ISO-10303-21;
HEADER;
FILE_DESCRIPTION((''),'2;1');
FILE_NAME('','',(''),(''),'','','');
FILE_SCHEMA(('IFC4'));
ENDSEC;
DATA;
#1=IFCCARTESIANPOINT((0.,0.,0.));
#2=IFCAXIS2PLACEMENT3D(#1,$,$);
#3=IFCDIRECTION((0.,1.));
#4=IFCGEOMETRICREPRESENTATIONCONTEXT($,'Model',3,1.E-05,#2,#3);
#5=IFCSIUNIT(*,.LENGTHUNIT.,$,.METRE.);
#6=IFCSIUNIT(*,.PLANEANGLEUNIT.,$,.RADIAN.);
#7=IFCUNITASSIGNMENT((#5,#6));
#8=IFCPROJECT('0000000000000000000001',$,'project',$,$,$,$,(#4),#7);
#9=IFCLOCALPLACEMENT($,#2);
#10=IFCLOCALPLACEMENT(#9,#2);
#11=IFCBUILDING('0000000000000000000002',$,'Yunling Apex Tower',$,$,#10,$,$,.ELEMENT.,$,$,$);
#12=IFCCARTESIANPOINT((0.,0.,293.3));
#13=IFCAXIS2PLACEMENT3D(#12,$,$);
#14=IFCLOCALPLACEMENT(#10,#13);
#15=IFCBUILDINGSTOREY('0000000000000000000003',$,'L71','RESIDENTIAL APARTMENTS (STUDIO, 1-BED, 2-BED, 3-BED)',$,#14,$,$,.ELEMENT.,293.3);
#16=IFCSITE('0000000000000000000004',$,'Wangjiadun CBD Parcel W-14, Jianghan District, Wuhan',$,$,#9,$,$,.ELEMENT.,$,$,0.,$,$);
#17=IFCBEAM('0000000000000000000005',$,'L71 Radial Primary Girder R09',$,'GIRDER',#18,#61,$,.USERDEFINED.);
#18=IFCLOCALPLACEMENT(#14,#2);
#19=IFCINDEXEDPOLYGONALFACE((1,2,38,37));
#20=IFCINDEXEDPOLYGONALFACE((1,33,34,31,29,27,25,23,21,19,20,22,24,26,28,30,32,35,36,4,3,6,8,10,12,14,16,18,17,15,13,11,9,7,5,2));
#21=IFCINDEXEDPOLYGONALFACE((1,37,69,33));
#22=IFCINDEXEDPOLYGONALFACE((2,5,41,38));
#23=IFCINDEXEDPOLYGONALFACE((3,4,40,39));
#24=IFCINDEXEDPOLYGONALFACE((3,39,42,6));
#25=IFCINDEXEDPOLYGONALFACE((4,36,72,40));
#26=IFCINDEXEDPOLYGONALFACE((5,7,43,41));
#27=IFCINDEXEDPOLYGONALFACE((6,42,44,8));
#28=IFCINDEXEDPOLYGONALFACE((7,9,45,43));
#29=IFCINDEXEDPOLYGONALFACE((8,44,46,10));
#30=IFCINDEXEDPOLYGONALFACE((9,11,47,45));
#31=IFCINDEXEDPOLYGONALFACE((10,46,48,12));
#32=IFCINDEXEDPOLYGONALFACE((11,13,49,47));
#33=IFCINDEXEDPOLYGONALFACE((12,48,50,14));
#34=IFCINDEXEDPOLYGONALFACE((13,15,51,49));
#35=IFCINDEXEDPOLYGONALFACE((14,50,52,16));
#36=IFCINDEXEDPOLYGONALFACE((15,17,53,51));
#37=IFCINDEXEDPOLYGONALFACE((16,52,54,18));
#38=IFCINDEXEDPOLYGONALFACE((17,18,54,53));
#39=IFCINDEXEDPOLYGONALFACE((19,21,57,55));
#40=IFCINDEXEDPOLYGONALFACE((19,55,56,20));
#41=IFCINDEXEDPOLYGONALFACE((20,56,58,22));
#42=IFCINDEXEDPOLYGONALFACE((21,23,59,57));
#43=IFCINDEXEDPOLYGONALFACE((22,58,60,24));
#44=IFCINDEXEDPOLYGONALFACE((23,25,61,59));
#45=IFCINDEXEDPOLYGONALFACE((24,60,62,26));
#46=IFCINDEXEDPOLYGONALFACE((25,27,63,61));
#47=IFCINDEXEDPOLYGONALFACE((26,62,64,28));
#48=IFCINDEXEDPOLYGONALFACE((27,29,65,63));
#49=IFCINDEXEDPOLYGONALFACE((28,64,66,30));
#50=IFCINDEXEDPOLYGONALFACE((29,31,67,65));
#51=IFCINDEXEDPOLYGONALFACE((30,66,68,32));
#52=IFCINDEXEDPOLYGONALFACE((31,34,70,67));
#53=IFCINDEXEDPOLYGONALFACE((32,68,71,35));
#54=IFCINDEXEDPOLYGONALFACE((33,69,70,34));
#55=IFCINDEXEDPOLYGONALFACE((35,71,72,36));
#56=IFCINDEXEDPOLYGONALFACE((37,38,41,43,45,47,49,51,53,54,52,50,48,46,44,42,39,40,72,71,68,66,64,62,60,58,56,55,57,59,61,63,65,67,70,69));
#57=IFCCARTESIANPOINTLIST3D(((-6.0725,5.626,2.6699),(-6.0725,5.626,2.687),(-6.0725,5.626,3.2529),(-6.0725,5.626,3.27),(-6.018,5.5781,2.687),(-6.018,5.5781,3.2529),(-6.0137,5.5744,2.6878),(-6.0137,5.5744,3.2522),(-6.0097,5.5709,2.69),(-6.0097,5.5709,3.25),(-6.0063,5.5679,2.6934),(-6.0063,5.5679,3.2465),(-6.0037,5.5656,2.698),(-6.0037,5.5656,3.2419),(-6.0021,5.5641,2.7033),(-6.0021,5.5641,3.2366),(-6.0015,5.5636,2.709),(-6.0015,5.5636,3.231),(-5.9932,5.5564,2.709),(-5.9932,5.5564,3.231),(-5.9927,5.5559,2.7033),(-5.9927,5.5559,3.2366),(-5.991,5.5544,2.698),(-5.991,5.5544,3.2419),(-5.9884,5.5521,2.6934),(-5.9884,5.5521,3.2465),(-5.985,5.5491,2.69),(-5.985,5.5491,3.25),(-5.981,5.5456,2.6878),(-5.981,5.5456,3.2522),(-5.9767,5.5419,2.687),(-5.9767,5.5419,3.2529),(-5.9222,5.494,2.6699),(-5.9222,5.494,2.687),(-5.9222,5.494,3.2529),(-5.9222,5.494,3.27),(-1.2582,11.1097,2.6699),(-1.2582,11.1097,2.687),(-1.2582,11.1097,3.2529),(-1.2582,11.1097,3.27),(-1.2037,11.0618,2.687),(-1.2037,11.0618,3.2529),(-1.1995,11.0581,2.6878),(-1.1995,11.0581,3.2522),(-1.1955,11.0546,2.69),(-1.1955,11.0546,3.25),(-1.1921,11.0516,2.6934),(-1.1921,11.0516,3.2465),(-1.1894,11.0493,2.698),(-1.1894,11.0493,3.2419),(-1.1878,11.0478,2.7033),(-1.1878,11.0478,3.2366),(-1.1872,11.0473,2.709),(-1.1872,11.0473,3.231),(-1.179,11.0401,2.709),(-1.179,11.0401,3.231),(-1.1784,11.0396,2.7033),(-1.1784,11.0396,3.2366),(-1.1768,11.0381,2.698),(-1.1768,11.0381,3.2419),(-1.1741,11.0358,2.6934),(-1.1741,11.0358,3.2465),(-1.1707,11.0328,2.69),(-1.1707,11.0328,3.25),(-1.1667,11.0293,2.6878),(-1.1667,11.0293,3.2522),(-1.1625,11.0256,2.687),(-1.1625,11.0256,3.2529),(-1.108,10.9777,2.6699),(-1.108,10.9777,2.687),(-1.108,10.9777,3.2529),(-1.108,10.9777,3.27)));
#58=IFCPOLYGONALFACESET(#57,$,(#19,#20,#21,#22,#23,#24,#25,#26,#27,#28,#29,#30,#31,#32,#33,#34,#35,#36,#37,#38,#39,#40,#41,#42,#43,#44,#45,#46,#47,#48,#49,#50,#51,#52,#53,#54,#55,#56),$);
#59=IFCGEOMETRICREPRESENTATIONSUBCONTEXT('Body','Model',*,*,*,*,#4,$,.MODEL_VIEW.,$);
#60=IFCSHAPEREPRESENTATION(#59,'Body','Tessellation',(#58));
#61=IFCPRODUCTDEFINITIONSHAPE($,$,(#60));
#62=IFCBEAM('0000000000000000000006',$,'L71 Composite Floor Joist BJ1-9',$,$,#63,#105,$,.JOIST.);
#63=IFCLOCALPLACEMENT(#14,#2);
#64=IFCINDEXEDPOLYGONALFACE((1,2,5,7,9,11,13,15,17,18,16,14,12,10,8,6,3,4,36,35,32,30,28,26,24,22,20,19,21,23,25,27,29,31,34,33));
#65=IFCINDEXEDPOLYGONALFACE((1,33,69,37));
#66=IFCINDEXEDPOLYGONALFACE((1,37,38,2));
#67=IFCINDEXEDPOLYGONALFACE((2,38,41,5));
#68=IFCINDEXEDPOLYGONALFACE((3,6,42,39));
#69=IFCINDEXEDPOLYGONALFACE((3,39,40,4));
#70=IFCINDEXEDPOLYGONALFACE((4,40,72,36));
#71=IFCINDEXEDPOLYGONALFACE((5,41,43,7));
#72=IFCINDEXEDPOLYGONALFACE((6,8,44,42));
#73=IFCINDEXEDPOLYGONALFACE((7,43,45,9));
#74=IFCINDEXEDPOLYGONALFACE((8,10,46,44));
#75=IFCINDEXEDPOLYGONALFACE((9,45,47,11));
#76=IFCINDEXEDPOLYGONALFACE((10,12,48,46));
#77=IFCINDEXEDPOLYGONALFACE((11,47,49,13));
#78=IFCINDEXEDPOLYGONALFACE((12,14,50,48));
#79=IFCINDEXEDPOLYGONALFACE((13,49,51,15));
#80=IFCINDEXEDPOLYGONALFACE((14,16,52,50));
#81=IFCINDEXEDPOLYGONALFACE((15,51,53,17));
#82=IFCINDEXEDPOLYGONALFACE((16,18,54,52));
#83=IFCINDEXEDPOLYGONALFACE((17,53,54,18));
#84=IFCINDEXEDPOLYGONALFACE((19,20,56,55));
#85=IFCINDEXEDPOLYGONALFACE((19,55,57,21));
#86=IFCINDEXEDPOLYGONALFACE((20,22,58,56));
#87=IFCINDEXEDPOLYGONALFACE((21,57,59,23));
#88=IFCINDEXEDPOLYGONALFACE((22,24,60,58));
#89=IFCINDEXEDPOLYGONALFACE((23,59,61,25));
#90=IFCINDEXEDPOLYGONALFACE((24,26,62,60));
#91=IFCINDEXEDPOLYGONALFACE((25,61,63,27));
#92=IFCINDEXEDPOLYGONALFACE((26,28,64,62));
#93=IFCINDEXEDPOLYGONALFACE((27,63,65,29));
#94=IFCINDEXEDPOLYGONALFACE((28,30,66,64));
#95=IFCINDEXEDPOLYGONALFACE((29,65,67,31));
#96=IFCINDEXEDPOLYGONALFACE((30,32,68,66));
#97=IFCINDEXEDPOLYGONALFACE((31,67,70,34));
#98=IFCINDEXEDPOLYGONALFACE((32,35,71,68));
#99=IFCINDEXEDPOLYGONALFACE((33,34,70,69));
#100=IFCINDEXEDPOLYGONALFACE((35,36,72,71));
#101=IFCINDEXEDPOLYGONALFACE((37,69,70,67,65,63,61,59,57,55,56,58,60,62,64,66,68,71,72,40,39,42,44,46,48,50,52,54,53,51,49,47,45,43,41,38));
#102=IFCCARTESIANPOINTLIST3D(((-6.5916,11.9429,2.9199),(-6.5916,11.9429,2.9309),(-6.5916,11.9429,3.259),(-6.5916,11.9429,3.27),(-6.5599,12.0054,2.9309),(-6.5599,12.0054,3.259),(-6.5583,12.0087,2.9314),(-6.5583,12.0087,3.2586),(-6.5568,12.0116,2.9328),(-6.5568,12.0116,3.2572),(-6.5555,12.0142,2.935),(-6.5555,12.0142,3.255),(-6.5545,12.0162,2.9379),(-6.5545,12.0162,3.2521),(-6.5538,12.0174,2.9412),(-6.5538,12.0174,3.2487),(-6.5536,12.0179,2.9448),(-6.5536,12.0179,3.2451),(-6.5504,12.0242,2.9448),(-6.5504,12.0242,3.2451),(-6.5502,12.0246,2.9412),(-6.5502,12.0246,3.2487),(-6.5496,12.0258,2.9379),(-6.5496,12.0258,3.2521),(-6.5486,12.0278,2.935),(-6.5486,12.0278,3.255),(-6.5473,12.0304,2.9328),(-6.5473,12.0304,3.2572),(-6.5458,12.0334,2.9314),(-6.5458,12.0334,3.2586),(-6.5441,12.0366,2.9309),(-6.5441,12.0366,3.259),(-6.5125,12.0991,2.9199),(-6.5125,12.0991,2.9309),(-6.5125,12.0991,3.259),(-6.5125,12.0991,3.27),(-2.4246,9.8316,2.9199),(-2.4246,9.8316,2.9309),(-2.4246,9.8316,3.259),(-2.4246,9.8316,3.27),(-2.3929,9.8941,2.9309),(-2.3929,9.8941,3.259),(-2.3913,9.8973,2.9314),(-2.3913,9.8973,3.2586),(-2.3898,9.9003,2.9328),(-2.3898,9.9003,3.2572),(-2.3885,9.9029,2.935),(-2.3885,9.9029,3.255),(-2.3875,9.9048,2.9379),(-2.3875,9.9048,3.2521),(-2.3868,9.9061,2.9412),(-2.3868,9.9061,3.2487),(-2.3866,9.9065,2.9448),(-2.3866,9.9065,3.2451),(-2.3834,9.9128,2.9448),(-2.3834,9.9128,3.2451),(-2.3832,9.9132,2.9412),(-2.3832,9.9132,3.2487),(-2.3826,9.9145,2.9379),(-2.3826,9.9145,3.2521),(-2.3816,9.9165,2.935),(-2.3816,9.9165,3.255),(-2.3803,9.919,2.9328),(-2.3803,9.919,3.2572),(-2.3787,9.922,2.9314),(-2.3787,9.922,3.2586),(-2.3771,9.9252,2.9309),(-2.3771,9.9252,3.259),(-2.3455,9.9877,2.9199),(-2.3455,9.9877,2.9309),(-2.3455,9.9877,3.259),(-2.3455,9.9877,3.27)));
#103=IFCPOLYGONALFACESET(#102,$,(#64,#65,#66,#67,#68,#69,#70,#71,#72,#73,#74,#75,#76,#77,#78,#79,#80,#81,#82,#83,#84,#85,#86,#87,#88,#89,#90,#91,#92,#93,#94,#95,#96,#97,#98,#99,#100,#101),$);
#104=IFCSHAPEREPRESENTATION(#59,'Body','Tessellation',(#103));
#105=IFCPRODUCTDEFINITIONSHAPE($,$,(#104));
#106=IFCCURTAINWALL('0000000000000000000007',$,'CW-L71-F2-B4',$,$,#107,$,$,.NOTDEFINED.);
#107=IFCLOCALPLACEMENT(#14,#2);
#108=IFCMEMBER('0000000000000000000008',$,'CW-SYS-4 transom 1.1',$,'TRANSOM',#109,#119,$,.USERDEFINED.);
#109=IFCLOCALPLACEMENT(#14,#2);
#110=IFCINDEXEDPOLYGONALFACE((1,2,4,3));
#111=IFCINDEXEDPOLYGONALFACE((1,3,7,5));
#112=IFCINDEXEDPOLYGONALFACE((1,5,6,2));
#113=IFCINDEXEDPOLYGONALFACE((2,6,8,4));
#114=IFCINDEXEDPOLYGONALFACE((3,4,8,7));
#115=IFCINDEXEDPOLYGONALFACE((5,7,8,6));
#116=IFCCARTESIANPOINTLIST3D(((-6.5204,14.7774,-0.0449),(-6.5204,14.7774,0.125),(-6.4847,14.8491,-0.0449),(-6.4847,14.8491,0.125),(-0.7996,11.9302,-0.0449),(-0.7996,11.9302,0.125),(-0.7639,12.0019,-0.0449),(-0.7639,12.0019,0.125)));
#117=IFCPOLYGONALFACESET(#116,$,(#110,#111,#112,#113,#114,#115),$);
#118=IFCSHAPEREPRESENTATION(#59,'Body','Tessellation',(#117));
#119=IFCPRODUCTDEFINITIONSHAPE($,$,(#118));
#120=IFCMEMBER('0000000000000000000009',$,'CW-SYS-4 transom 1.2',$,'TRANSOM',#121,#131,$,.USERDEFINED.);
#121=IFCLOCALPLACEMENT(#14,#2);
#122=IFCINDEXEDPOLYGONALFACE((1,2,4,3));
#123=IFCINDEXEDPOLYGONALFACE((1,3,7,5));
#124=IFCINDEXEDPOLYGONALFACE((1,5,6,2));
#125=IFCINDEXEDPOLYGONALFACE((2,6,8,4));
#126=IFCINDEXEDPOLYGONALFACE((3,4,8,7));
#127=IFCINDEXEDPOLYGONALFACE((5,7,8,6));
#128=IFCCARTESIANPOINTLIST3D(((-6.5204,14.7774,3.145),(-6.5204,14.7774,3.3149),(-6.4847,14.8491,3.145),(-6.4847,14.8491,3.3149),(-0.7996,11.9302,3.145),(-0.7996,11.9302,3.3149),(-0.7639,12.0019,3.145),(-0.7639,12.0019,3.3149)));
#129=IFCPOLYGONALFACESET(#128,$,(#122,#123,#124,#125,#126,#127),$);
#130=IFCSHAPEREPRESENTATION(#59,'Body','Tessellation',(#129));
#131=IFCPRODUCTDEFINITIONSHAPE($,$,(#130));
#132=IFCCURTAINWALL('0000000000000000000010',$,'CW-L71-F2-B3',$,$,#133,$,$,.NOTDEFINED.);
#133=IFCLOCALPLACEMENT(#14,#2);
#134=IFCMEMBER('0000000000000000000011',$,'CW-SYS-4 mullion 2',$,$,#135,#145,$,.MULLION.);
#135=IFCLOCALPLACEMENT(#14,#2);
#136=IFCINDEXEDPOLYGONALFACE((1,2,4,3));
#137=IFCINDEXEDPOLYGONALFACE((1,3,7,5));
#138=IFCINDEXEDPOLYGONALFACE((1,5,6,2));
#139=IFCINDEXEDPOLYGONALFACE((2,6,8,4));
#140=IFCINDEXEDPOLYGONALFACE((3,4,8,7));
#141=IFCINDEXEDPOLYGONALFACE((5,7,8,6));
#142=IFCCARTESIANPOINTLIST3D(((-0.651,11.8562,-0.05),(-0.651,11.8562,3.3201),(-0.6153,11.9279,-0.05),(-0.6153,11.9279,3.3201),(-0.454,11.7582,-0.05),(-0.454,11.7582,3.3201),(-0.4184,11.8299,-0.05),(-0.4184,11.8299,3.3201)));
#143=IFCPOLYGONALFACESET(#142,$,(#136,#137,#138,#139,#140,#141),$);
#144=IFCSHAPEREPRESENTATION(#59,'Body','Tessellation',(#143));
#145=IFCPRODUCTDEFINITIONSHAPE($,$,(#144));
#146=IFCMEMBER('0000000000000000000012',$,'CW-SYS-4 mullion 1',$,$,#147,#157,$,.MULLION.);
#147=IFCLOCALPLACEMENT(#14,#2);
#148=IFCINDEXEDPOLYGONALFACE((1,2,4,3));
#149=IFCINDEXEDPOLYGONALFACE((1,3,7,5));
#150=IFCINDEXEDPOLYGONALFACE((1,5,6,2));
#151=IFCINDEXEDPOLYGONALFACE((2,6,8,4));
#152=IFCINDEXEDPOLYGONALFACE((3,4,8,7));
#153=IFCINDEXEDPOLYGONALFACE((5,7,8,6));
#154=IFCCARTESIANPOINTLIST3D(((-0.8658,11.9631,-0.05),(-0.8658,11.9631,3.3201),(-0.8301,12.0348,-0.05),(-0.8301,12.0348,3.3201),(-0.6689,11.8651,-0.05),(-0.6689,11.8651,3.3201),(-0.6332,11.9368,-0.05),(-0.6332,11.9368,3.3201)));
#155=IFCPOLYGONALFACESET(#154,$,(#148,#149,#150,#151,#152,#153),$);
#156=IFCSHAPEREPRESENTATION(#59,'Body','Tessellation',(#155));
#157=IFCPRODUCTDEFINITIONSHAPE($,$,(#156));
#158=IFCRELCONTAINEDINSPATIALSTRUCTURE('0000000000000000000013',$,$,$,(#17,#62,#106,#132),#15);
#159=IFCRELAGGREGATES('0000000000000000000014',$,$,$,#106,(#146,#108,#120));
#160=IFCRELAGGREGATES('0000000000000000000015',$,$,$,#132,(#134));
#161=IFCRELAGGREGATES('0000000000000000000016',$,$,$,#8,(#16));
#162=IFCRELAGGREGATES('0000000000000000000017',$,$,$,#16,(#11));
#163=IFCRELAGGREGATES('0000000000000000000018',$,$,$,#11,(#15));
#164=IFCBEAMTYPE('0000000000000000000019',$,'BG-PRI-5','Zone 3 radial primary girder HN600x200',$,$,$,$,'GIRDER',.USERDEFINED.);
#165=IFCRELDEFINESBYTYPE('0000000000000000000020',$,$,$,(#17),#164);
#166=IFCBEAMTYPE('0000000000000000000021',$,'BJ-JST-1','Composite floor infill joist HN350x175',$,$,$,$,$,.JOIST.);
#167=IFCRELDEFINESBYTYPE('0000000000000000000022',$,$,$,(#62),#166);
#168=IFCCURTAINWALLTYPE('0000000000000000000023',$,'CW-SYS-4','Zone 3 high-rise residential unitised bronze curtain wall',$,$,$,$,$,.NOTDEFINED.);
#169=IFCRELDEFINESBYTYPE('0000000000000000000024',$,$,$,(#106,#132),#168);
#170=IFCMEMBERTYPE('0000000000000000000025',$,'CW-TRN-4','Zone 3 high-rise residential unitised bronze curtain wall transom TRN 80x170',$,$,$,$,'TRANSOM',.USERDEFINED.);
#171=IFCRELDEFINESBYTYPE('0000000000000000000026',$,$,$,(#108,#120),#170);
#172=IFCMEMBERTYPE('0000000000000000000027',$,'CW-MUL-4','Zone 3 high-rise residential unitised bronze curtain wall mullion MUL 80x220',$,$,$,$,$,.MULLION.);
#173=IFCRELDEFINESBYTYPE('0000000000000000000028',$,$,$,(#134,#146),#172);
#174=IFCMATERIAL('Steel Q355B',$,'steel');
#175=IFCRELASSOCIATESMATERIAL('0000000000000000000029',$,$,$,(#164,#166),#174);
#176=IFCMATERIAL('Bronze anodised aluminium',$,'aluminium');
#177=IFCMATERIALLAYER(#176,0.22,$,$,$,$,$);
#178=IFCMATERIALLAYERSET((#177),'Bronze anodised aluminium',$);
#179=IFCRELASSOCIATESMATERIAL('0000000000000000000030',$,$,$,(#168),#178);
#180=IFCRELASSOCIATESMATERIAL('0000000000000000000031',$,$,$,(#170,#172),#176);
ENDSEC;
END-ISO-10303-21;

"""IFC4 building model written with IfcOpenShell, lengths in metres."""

from ifc_helpers import new_model, si_unit, direction, frame, origin, origin_2d, place, context, subcontext, project, spatial, rectangle, i_section, extrude, source, transform, mapped, material, layer, layer_set, material_profile, profile_set, type_object, element, aggregate, save


model = new_model("IFC4")

# Units and contexts
model_context = context("Model", 3, precision=1e-05, world=origin(), true_north=direction((0.0, 1.0)))
body_context = subcontext(model_context, "Body", "Model", "MODEL_VIEW")
ifc_project = project(units=[si_unit("LENGTHUNIT", "METRE"), si_unit("PLANEANGLEUNIT", "RADIAN")], contexts=[model_context])

# Site, building, storey
site_placement = place(None, origin())
site = spatial("IfcSite", under=ifc_project, at=site_placement, Name="Wangjiadun CBD Parcel W-14, Jianghan District, Wuhan", CompositionType="ELEMENT", RefElevation=0.0)
building_placement = place(site_placement, origin())
building = spatial("IfcBuilding", under=site, at=building_placement, Name="Yunling Apex Tower", CompositionType="ELEMENT")
storey_placement = place(building_placement, frame((0.0, 0.0, 293.3)))
storey = spatial("IfcBuildingStorey", under=building, at=storey_placement, Name="L71", Description="RESIDENTIAL APARTMENTS (STUDIO, 1-BED, 2-BED, 3-BED)", CompositionType="ELEMENT", Elevation=293.3)

# Shared definitions
ifc_material_1 = material(Name="Steel Q355B", Category="steel")

# Beams
ifc_material_profile_1 = material_profile(ifc_material_1, i_section(OverallWidth=0.2, OverallDepth=0.6001, WebThickness=0.011, FlangeThickness=0.0171, FilletRadius=0.022, at=origin_2d()))
ifc_profile_set_1 = profile_set([ifc_material_profile_1], Name="Steel Q355B")
beam_type_1 = type_object("IfcBeamType", Name="BG-PRI-5", Description="Zone 3 radial primary girder HN600x200", ElementType="GIRDER", PredefinedType="USERDEFINED", material=ifc_profile_set_1)
shared_shape_1 = source(origin(), body_context, "Body", "SweptSolid", [
    extrude(i_section(OverallWidth=0.2, OverallDepth=0.6001, WebThickness=0.011, FlangeThickness=0.0171, FilletRadius=0.022, at=origin_2d()), origin(), (0.0, 0.0, 1.0), 7.2971),
])
beam_1_placement = place(storey_placement, frame((-1.1831, 11.0437, 2.97), z_axis=(-0.659747, -0.751488, 0.0), x_axis=(0.751488, -0.659747, 0.0)))
element("IfcBeam", 1, at=beam_1_placement, inside=storey, type_object=beam_type_1, Name="L71 Radial Primary Girder R09", ObjectType="GIRDER", PredefinedType="USERDEFINED", context=body_context, shape_type="MappedRepresentation", body=[
    mapped(shared_shape_1, transform((0.0, 0.0, 0.0), scale=1.0)),
])
ifc_material_profile_2 = material_profile(ifc_material_1, i_section(OverallWidth=0.175, OverallDepth=0.3501, WebThickness=0.0071, FlangeThickness=0.011, FilletRadius=0.0139, at=origin_2d()))
ifc_profile_set_2 = profile_set([ifc_material_profile_2], Name="Steel Q355B")
beam_type_2 = type_object("IfcBeamType", Name="BJ-JST-1", Description="Composite floor infill joist HN350x175", PredefinedType="JOIST", material=ifc_profile_set_2)
shared_shape_2 = source(origin(), body_context, "Body", "SweptSolid", [
    extrude(i_section(OverallWidth=0.175, OverallDepth=0.3501, WebThickness=0.0071, FlangeThickness=0.011, FilletRadius=0.0139, at=origin_2d()), origin(), (0.0, 0.0, 1.0), 4.6714),
])
beam_2_placement = place(storey_placement, frame((-2.385, 9.9097, 3.095), z_axis=(-0.892031, 0.451974, 0.0), x_axis=(-0.451974, -0.892031, 0.0)))
element("IfcBeam", 2, at=beam_2_placement, inside=storey, type_object=beam_type_2, Name="L71 Composite Floor Joist BJ1-9", PredefinedType="JOIST", context=body_context, shape_type="MappedRepresentation", body=[
    mapped(shared_shape_2, transform((0.0, 0.0, 0.0), scale=1.0)),
])

# Curtain wall, members
ifc_material_2 = material(Name="Bronze anodised aluminium", Category="aluminium")
ifc_layer_1 = layer(ifc_material_2, 0.22)
ifc_layer_set_1 = layer_set([ifc_layer_1], Name="Bronze anodised aluminium")
curtain_wall_type = type_object("IfcCurtainWallType", Name="CW-SYS-4", Description="Zone 3 high-rise residential unitised bronze curtain wall", PredefinedType="NOTDEFINED", material=ifc_layer_set_1)
curtain_wall_1_placement = place(storey_placement, origin())
curtain_wall_1 = element("IfcCurtainWall", 3, at=curtain_wall_1_placement, inside=storey, type_object=curtain_wall_type, Name="CW-L71-F2-B4", PredefinedType="NOTDEFINED")
ifc_material_profile_3 = material_profile(ifc_material_2, rectangle(XDim=0.0801, YDim=0.1699, at=origin_2d()))
ifc_profile_set_3 = profile_set([ifc_material_profile_3], Name="Bronze anodised aluminium")
member_type_1 = type_object("IfcMemberType", Name="CW-TRN-4", Description="Zone 3 high-rise residential unitised bronze curtain wall transom TRN 80x170", ElementType="TRANSOM", PredefinedType="USERDEFINED", material=ifc_profile_set_3)
shared_shape_3 = source(origin(), body_context, "Body", "SweptSolid", [
    extrude(rectangle(XDim=0.0801, YDim=0.1699, at=origin_2d()), origin(), (0.0, 0.0, 1.0), 6.3901),
])
member_1_placement = place(storey_placement, frame((-0.7817, 11.9661, 0.04), z_axis=(-0.895251, 0.445562, 0.0), x_axis=(-0.445562, -0.895251, 0.0)))
member_1 = element("IfcMember", 4, at=member_1_placement, type_object=member_type_1, Name="CW-SYS-4 transom 1.1", ObjectType="TRANSOM", PredefinedType="USERDEFINED", context=body_context, shape_type="MappedRepresentation", body=[
    mapped(shared_shape_3, transform((0.0, 0.0, 0.0), scale=1.0)),
])
member_2_placement = place(storey_placement, frame((-0.7817, 11.9661, 3.23), z_axis=(-0.895251, 0.445562, 0.0), x_axis=(-0.445562, -0.895251, 0.0)))
member_2 = element("IfcMember", 5, at=member_2_placement, type_object=member_type_1, Name="CW-SYS-4 transom 1.2", ObjectType="TRANSOM", PredefinedType="USERDEFINED", context=body_context, shape_type="MappedRepresentation", body=[
    mapped(shared_shape_3, transform((0.0, 0.0, 0.0), scale=1.0)),
])

# Curtain wall, member
curtain_wall_2_placement = place(storey_placement, origin())
curtain_wall_2 = element("IfcCurtainWall", 6, at=curtain_wall_2_placement, inside=storey, type_object=curtain_wall_type, Name="CW-L71-F2-B3", PredefinedType="NOTDEFINED")
ifc_material_profile_4 = material_profile(ifc_material_2, rectangle(XDim=0.0801, YDim=0.22, at=origin_2d()))
ifc_profile_set_4 = profile_set([ifc_material_profile_4], Name="Bronze anodised aluminium")
member_type_2 = type_object("IfcMemberType", Name="CW-MUL-4", Description="Zone 3 high-rise residential unitised bronze curtain wall mullion MUL 80x220", PredefinedType="MULLION", material=ifc_profile_set_4)
shared_shape_4 = source(origin(), body_context, "Body", "SweptSolid", [
    extrude(rectangle(XDim=0.0801, YDim=0.22, at=origin_2d()), origin(), (0.0, 0.0, 1.0), 3.3701),
])
member_3_placement = place(storey_placement, frame((-0.5347, 11.843, -0.05), z_axis=(0.0, 0.0, 1.0), x_axis=(-0.445562, -0.895251, 0.0)))
member_3 = element("IfcMember", 7, at=member_3_placement, type_object=member_type_2, Name="CW-SYS-4 mullion 2", PredefinedType="MULLION", context=body_context, shape_type="MappedRepresentation", body=[
    mapped(shared_shape_4, transform((0.0, 0.0, 0.0), scale=1.0)),
])

# Member
member_4_placement = place(storey_placement, frame((-0.7495, 11.95, -0.05), z_axis=(0.0, 0.0, 1.0), x_axis=(-0.445568, -0.895248, 0.0)))
member_4 = element("IfcMember", 8, at=member_4_placement, type_object=member_type_2, Name="CW-SYS-4 mullion 1", PredefinedType="MULLION", context=body_context, shape_type="MappedRepresentation", body=[
    mapped(shared_shape_4, transform((0.0, 0.0, 0.0), scale=1.0)),
])
aggregate(curtain_wall_1, [member_4, member_1, member_2])

aggregate(curtain_wall_2, [member_3])

save(model, "model.ifc")
